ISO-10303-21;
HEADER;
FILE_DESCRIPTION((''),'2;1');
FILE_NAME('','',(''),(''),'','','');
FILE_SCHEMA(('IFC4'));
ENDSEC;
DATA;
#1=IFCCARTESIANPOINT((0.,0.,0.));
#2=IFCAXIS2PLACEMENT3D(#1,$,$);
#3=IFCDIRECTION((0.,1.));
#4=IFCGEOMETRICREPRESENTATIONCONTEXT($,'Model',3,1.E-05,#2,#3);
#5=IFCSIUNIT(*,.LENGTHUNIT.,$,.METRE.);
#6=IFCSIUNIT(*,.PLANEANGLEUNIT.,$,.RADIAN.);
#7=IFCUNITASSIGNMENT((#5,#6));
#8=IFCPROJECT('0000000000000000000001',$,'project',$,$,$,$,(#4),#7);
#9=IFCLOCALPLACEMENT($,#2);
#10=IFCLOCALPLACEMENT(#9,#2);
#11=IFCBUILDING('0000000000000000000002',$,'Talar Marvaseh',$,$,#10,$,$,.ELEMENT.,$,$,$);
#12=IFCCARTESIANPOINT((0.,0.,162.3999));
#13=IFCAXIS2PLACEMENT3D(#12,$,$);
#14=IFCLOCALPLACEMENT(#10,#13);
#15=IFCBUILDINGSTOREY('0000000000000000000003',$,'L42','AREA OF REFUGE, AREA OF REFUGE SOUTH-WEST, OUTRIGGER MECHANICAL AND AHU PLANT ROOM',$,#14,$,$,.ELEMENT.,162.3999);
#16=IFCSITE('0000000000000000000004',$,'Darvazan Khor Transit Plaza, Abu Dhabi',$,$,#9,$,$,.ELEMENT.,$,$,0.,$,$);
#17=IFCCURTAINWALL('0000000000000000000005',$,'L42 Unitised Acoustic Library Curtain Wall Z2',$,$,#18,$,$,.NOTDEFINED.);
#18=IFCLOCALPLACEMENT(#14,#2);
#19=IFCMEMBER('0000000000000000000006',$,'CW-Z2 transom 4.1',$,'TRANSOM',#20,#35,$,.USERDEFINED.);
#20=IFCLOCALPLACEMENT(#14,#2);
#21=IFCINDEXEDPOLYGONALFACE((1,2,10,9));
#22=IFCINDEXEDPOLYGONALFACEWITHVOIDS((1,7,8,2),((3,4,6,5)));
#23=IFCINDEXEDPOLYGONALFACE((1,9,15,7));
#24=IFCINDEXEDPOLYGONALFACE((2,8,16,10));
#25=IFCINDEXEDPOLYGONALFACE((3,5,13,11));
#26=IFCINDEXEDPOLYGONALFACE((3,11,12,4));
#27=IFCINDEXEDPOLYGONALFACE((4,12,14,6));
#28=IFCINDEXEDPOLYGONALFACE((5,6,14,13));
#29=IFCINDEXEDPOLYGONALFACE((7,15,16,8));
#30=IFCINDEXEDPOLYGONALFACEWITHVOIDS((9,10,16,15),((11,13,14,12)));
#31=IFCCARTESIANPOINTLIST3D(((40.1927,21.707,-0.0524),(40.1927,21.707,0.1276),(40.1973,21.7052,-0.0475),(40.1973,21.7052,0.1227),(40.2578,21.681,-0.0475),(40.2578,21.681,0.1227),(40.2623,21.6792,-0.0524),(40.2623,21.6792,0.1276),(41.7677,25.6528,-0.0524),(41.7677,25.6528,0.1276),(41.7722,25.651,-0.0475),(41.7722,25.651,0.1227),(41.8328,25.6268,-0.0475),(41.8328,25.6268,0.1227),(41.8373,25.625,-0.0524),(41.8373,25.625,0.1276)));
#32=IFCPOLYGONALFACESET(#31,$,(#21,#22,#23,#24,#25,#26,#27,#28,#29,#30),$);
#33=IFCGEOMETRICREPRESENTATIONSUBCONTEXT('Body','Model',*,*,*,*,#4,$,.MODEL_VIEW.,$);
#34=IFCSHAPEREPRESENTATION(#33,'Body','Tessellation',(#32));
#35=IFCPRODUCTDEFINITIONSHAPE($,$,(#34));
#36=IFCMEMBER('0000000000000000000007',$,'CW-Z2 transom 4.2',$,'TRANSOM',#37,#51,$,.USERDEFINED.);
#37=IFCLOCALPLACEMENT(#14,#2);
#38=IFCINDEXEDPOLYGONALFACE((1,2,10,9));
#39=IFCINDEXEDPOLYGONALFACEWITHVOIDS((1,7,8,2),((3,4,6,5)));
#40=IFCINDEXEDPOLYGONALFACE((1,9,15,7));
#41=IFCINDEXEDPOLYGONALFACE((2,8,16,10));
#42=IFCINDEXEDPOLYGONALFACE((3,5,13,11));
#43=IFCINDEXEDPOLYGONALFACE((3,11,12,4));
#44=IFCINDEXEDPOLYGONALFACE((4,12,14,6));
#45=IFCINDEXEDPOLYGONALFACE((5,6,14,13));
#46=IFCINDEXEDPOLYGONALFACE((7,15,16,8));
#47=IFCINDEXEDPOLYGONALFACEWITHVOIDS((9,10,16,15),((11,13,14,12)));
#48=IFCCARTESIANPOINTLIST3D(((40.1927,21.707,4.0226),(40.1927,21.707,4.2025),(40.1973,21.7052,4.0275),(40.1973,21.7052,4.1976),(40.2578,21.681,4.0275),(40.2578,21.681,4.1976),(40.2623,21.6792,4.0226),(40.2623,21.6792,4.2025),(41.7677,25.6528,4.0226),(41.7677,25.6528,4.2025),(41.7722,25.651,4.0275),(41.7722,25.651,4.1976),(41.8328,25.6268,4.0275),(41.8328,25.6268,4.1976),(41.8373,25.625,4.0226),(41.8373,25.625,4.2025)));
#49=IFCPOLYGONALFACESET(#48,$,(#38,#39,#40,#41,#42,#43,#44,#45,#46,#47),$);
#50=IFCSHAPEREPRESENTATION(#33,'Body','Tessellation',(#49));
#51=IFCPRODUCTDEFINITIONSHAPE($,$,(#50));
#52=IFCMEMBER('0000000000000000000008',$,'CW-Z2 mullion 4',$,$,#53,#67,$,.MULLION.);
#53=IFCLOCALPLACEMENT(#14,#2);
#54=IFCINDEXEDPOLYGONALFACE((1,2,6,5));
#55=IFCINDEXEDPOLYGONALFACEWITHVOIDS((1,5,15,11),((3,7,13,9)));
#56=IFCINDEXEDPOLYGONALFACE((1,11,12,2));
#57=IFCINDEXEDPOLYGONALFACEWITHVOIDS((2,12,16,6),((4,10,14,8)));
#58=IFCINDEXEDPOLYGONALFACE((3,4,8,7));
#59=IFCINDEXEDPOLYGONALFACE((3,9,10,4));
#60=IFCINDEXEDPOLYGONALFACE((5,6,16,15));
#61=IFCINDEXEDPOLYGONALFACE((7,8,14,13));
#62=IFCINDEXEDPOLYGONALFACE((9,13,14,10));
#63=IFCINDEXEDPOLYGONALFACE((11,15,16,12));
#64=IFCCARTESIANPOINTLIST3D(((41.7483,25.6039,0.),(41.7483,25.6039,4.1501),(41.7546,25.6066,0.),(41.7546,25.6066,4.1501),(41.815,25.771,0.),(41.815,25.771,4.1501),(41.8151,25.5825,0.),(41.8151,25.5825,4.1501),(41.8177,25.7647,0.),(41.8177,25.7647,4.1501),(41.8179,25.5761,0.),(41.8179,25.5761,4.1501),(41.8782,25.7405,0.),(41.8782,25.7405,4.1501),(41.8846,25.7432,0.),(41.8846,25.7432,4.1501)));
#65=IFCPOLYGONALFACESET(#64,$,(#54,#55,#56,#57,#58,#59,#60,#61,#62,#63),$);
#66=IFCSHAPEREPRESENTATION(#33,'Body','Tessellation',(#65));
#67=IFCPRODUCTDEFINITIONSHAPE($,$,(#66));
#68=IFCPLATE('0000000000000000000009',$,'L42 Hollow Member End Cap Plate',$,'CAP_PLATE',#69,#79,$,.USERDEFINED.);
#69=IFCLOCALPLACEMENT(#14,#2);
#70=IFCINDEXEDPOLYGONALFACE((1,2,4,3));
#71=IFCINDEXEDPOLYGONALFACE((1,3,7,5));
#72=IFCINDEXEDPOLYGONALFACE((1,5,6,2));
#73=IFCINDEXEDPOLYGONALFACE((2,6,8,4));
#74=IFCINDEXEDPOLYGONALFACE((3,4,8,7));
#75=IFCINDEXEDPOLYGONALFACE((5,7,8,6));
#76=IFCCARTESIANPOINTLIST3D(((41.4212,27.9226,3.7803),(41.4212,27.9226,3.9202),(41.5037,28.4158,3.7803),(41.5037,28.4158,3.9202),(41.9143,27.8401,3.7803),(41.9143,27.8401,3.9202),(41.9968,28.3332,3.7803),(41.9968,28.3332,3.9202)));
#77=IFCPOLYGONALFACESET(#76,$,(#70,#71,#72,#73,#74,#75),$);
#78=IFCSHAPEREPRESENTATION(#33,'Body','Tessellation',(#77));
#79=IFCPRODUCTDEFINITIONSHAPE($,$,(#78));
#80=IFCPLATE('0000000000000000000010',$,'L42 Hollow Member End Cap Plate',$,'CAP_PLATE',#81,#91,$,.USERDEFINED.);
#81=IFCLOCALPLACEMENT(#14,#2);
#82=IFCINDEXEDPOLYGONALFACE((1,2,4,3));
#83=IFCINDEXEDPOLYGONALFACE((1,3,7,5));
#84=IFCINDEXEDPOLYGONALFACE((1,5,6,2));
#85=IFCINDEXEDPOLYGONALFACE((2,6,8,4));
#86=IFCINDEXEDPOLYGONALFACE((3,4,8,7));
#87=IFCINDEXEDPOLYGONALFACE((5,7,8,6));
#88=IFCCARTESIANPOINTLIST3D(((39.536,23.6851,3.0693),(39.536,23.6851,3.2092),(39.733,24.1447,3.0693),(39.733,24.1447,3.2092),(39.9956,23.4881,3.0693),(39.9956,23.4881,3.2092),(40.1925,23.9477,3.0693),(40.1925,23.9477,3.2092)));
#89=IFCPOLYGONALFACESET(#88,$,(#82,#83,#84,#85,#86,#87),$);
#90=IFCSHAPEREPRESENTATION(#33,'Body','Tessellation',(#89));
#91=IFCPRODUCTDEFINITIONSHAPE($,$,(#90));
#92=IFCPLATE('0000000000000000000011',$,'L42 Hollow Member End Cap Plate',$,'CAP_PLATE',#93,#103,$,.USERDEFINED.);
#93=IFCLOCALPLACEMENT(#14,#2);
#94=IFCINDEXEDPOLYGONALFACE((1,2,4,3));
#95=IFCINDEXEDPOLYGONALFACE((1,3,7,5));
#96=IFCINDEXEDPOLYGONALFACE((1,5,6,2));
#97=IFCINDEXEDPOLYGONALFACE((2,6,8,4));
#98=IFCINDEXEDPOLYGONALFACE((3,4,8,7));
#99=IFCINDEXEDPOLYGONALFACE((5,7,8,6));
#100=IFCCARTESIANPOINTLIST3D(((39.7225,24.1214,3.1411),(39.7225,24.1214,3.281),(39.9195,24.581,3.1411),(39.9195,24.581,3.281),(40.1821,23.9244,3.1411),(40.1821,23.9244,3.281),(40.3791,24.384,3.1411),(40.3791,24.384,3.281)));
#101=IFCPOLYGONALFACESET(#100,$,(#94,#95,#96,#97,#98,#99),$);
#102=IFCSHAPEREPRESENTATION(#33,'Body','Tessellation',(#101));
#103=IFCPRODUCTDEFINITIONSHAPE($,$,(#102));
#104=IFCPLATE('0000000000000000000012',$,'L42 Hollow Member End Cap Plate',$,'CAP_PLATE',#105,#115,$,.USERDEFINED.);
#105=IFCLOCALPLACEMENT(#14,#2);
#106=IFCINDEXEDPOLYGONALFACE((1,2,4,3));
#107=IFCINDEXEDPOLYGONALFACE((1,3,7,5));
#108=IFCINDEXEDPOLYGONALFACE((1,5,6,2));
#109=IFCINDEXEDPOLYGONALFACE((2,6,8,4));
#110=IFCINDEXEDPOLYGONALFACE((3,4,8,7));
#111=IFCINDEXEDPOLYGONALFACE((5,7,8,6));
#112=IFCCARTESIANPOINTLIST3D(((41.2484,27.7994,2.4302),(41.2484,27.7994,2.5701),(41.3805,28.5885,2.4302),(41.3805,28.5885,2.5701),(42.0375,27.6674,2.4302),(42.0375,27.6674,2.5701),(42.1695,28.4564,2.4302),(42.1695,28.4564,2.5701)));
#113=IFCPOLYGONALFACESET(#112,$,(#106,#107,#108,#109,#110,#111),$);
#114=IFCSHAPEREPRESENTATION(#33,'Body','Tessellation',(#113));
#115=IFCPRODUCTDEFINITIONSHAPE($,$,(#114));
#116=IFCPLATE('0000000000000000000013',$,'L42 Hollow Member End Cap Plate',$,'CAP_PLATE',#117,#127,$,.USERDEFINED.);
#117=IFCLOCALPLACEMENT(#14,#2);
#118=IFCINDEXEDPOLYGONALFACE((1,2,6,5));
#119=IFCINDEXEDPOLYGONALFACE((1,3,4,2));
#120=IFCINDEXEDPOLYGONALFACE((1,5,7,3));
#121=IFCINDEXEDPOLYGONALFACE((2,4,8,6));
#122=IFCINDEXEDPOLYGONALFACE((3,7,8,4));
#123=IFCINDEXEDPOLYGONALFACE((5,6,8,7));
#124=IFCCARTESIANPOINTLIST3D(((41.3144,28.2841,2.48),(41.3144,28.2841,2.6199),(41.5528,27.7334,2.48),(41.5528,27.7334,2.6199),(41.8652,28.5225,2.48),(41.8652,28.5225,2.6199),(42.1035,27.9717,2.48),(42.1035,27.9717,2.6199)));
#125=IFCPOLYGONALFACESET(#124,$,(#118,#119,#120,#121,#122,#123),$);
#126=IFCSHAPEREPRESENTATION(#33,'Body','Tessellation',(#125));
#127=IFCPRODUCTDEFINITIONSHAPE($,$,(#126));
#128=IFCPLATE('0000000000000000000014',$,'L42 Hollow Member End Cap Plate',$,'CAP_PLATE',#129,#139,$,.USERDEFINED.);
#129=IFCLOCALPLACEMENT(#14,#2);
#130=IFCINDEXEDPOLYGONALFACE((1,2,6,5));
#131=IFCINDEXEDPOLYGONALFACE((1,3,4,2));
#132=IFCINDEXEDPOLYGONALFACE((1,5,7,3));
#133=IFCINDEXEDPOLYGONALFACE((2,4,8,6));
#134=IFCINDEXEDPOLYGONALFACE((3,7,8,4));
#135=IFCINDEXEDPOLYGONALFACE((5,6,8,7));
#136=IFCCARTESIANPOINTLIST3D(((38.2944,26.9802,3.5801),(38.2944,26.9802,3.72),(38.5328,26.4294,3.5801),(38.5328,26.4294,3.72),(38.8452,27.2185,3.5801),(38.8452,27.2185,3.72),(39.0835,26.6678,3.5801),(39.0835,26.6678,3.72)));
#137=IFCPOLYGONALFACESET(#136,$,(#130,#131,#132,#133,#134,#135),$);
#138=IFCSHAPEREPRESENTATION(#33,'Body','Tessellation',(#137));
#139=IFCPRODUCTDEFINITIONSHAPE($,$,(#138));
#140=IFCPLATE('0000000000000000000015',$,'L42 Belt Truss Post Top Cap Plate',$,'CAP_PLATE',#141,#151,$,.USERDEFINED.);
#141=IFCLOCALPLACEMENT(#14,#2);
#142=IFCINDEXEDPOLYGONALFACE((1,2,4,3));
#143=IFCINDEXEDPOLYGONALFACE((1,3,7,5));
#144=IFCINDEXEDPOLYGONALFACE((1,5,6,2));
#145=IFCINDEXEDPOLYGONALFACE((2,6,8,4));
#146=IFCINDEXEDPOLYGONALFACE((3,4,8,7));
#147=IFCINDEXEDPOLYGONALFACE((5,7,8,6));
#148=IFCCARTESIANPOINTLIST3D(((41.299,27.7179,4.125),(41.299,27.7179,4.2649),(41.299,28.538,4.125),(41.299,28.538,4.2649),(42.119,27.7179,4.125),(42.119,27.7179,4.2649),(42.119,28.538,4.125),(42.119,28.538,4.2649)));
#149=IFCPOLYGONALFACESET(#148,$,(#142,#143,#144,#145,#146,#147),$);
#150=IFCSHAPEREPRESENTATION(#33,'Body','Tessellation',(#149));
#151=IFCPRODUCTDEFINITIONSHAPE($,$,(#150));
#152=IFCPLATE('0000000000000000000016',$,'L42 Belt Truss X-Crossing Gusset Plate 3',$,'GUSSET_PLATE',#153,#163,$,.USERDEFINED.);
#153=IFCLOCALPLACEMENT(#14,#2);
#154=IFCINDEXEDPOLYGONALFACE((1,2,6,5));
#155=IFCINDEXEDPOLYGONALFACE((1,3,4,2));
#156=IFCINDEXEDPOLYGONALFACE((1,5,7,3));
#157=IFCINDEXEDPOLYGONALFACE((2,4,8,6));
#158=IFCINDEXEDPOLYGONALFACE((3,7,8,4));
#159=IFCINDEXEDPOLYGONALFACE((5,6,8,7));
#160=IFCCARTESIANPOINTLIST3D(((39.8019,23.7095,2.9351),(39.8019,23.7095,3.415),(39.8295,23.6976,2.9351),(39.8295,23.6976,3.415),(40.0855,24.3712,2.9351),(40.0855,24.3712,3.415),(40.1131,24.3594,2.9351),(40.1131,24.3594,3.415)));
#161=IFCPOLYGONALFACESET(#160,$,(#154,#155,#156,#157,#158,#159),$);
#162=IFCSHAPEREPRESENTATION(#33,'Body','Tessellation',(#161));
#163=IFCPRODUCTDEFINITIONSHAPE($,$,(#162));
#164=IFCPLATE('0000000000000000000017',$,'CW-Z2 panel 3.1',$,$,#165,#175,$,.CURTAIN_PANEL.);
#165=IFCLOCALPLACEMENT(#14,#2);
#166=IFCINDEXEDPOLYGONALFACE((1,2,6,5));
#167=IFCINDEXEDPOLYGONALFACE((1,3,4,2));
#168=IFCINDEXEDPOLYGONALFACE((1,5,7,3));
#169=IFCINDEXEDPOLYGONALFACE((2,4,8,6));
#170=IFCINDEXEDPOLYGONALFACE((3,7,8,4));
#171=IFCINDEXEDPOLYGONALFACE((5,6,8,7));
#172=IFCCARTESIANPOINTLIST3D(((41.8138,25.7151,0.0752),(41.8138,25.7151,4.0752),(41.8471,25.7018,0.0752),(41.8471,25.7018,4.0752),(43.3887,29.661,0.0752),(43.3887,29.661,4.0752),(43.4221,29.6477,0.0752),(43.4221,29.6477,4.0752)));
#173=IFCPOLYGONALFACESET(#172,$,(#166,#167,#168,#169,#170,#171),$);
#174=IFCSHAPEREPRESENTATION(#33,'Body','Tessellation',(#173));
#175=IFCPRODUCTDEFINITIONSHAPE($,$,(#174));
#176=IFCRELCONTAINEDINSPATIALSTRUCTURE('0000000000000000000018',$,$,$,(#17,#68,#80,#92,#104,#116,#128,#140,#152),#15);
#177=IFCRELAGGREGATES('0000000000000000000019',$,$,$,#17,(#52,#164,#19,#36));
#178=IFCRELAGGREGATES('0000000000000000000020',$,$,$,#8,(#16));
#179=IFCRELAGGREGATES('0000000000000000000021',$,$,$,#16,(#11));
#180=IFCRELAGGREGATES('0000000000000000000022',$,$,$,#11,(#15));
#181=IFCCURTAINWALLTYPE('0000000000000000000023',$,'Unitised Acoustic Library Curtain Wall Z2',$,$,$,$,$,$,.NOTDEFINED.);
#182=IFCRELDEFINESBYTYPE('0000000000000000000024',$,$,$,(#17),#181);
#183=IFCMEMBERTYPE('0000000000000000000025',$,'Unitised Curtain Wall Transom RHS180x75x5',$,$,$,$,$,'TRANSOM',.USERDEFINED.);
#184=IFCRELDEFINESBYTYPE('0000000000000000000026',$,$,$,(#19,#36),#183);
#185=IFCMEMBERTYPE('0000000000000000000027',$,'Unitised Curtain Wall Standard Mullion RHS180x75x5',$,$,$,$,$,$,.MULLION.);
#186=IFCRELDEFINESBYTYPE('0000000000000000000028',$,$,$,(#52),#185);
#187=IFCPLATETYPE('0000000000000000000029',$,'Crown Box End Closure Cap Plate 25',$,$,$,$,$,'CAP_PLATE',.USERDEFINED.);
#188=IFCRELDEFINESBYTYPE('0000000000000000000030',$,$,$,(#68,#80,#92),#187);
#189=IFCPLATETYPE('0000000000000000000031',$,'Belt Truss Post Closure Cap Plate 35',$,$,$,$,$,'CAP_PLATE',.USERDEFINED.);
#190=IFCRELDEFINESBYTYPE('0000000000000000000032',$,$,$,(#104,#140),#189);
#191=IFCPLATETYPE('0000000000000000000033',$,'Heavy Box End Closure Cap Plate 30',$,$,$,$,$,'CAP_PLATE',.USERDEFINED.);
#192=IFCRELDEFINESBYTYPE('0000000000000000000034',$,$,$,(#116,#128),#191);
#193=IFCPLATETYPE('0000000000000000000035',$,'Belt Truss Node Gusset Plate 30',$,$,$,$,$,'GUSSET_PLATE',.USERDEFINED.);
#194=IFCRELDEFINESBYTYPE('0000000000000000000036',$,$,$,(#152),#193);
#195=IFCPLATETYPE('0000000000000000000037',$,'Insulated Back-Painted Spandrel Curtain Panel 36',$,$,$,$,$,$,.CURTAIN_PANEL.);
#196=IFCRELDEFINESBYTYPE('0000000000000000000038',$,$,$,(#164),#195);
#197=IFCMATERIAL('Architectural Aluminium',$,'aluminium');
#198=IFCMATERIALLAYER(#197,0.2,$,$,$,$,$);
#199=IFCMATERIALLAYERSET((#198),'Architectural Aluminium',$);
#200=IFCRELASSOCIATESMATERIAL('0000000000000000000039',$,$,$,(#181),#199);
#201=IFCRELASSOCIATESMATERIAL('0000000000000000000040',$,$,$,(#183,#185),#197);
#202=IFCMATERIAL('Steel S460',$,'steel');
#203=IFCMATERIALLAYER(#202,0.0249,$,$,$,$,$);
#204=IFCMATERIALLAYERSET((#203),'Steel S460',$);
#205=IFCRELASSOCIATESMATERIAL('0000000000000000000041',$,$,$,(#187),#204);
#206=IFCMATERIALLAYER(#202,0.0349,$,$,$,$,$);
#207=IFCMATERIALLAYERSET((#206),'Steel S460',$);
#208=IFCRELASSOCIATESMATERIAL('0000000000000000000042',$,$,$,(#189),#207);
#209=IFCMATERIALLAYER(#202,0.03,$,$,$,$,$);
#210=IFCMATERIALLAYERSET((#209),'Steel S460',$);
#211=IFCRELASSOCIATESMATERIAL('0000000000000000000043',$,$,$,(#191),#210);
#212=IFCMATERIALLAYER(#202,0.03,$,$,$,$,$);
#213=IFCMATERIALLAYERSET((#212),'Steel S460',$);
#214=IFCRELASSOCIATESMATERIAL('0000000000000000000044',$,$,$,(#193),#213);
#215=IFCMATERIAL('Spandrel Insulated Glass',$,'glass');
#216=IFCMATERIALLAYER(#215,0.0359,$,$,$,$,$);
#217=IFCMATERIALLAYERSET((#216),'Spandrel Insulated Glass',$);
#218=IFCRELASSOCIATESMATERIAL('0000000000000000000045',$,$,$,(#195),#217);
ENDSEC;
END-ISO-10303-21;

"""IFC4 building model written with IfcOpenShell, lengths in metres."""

from ifc_helpers import new_model, si_unit, direction, frame, origin, origin_2d, place, context, subcontext, project, spatial, rectangle, hollow_rectangle, extrude, source, transform, mapped, material, layer, layer_set, material_profile, profile_set, type_object, type_shapes, element, aggregate, save


model = new_model("IFC4")

# Units and contexts
model_context = context("Model", 3, precision=1e-05, world=origin(), true_north=direction((0.0, 1.0)))
body_context = subcontext(model_context, "Body", "Model", "MODEL_VIEW")
ifc_project = project(units=[si_unit("LENGTHUNIT", "METRE"), si_unit("PLANEANGLEUNIT", "RADIAN")], contexts=[model_context])

# Site, building, storey
site_placement = place(None, origin())
site = spatial("IfcSite", under=ifc_project, at=site_placement, Name="Darvazan Khor Transit Plaza, Abu Dhabi", CompositionType="ELEMENT", RefElevation=0.0)
building_placement = place(site_placement, origin())
building = spatial("IfcBuilding", under=site, at=building_placement, Name="Talar Marvaseh", CompositionType="ELEMENT")
storey_placement = place(building_placement, frame((0.0, 0.0, 162.3999)))
storey = spatial("IfcBuildingStorey", under=building, at=storey_placement, Name="L42", Description="AREA OF REFUGE, AREA OF REFUGE SOUTH-WEST, OUTRIGGER MECHANICAL AND AHU PLANT ROOM", CompositionType="ELEMENT", Elevation=162.3999)

# Shared definitions
ifc_material_1 = material(Name="Steel S460", Category="steel")

# Curtain wall, members
ifc_material_2 = material(Name="Architectural Aluminium", Category="aluminium")
ifc_layer_1 = layer(ifc_material_2, 0.2)
ifc_layer_set_1 = layer_set([ifc_layer_1], Name="Architectural Aluminium")
curtain_wall_type = type_object("IfcCurtainWallType", Name="Unitised Acoustic Library Curtain Wall Z2", PredefinedType="NOTDEFINED", material=ifc_layer_set_1)
curtain_wall_placement = place(storey_placement, origin())
curtain_wall = element("IfcCurtainWall", 1, at=curtain_wall_placement, inside=storey, type_object=curtain_wall_type, Name="L42 Unitised Acoustic Library Curtain Wall Z2", PredefinedType="NOTDEFINED")
ifc_material_profile_1 = material_profile(ifc_material_2, hollow_rectangle(XDim=0.075, YDim=0.1799, WallThickness=0.0049, at=origin_2d()), Name="RHS180x75x5")
ifc_profile_set_1 = profile_set([ifc_material_profile_1], Name="Architectural Aluminium")
member_type_1 = type_object("IfcMemberType", Name="Unitised Curtain Wall Transom RHS180x75x5", ElementType="TRANSOM", PredefinedType="USERDEFINED", material=ifc_profile_set_1)
shared_shape_1 = source(origin(), body_context, "Body", "SweptSolid", [
    extrude(hollow_rectangle(XDim=0.075, YDim=0.1799, WallThickness=0.0049, at=origin_2d()), origin(), (0.0, 0.0, 1.0), 4.2485),
])
type_shapes(member_type_1, [shared_shape_1])
member_1_placement = place(storey_placement, frame((41.8025, 25.6389, 0.0376), z_axis=(-0.370707, -0.92875, 0.0), x_axis=(0.92875, -0.370707, 0.0)))
member_1 = element("IfcMember", 2, at=member_1_placement, type_object=member_type_1, Name="CW-Z2 transom 4.1", ObjectType="TRANSOM", PredefinedType="USERDEFINED", context=body_context, shape_type="MappedRepresentation", body=[
    mapped(shared_shape_1, transform((0.0, 0.0, 0.0), x_axis=(1.0, 0.0, 0.0), y_axis=(0.0, 1.0, 0.0), z_axis=(0.0, 0.0, 1.0), scale=1.0)),
])
member_2_placement = place(storey_placement, frame((41.8025, 25.6389, 4.1125), z_axis=(-0.370707, -0.92875, 0.0), x_axis=(0.92875, -0.370707, 0.0)))
member_2 = element("IfcMember", 3, at=member_2_placement, type_object=member_type_1, Name="CW-Z2 transom 4.2", ObjectType="TRANSOM", PredefinedType="USERDEFINED", context=body_context, shape_type="MappedRepresentation", body=[
    mapped(shared_shape_1, transform((0.0, 0.0, 0.0), x_axis=(1.0, 0.0, 0.0), y_axis=(0.0, 1.0, 0.0), z_axis=(0.0, 0.0, 1.0), scale=1.0)),
])
ifc_material_profile_2 = material_profile(ifc_material_2, hollow_rectangle(XDim=0.075, YDim=0.1799, WallThickness=0.0049, at=origin_2d()), Name="RHS180x75x5")
ifc_profile_set_2 = profile_set([ifc_material_profile_2], Name="Architectural Aluminium")
member_type_2 = type_object("IfcMemberType", Name="Unitised Curtain Wall Standard Mullion RHS180x75x5", PredefinedType="MULLION", material=ifc_profile_set_2)
shared_shape_2 = source(origin(), body_context, "Body", "SweptSolid", [
    extrude(hollow_rectangle(XDim=0.075, YDim=0.1799, WallThickness=0.0049, at=origin_2d()), origin(), (0.0, 0.0, 1.0), 4.1501),
])
type_shapes(member_type_2, [shared_shape_2])
member_3_placement = place(storey_placement, frame((41.8164, 25.6736, 0.0), z_axis=(0.0, 0.0, 1.0), x_axis=(0.928752, -0.370702, 0.0)))
member_3 = element("IfcMember", 4, at=member_3_placement, type_object=member_type_2, Name="CW-Z2 mullion 4", PredefinedType="MULLION", context=body_context, shape_type="MappedRepresentation", body=[
    mapped(shared_shape_2, transform((0.0, 0.0, 0.0), x_axis=(1.0, 0.0, 0.0), y_axis=(0.0, 1.0, 0.0), z_axis=(0.0, 0.0, 1.0), scale=1.0)),
])

# Plates
ifc_layer_2 = layer(ifc_material_1, 0.0249)
ifc_layer_set_2 = layer_set([ifc_layer_2], Name="Steel S460")
plate_type_1 = type_object("IfcPlateType", Name="Crown Box End Closure Cap Plate 25", ElementType="CAP_PLATE", PredefinedType="USERDEFINED", material=ifc_layer_set_2)
shared_shape_3 = source(origin(), body_context, "Body", "SweptSolid", [
    extrude(rectangle(XDim=0.5, YDim=0.5, at=origin_2d()), origin(), (0.0, 0.0, 1.0), 0.1399),
])
type_shapes(plate_type_1, [shared_shape_3])
for number, where, z_axis, x_axis, name in (
    (5, (41.709, 28.1279, 3.7803), (0.0, 0.0, 1.0), (-0.165048, -0.986286, 0.0), "L42 Hollow Member End Cap Plate"),
    (6, (39.8643, 23.8164, 3.0693), (0.0, 0.0, 1.0), (0.393942, 0.919135, 0.0), "L42 Hollow Member End Cap Plate"),
    (7, (40.0508, 24.2527, 3.1411), (0.0, 0.0, 1.0), (0.393942, 0.919135, 0.0), "L42 Hollow Member End Cap Plate"),
):
    element("IfcPlate", number, at=place(storey_placement, frame(where, z_axis=z_axis, x_axis=x_axis)), inside=storey, type_object=plate_type_1, Name=name, ObjectType="CAP_PLATE", PredefinedType="USERDEFINED", context=body_context, shape_type="MappedRepresentation", body=[
        mapped(shared_shape_3, transform((0.0, 0.0, 0.0), x_axis=(1.0, 0.0, 0.0), y_axis=(0.0, 1.0, 0.0), z_axis=(0.0, 0.0, 1.0), scale=1.0)),
    ])
ifc_layer_3 = layer(ifc_material_1, 0.0349)
ifc_layer_set_3 = layer_set([ifc_layer_3], Name="Steel S460")
plate_type_2 = type_object("IfcPlateType", Name="Belt Truss Post Closure Cap Plate 35", ElementType="CAP_PLATE", PredefinedType="USERDEFINED", material=ifc_layer_set_3)
shared_shape_4 = source(origin(), body_context, "Body", "SweptSolid", [
    extrude(rectangle(XDim=0.8, YDim=0.8, at=origin_2d()), origin(), (0.0, 0.0, 1.0), 0.1399),
])
plate_1_placement = place(storey_placement, frame((41.709, 28.1279, 2.4302), z_axis=(0.0, 0.0, 1.0), x_axis=(-0.165048, -0.986286, 0.0)))
element("IfcPlate", 8, at=plate_1_placement, inside=storey, type_object=plate_type_2, Name="L42 Hollow Member End Cap Plate", ObjectType="CAP_PLATE", PredefinedType="USERDEFINED", context=body_context, shape_type="MappedRepresentation", body=[
    mapped(shared_shape_4, transform((0.0, 0.0, 0.0), x_axis=(1.0, 0.0, 0.0), y_axis=(0.0, 1.0, 0.0), z_axis=(0.0, 0.0, 1.0), scale=1.0)),
])
ifc_layer_4 = layer(ifc_material_1, 0.03)
ifc_layer_set_4 = layer_set([ifc_layer_4], Name="Steel S460")
plate_type_3 = type_object("IfcPlateType", Name="Heavy Box End Closure Cap Plate 30", ElementType="CAP_PLATE", PredefinedType="USERDEFINED", material=ifc_layer_set_4)
shared_shape_5 = source(origin(), body_context, "Body", "SweptSolid", [
    extrude(rectangle(XDim=0.6001, YDim=0.6001, at=origin_2d()), origin(), (0.0, 0.0, 1.0), 0.1399),
])
type_shapes(plate_type_3, [shared_shape_5])
for number, where, z_axis, x_axis, name in (
    (9, (41.709, 28.1279, 2.48), (0.0, 0.0, 1.0), (-0.917755, -0.397148, 0.0), "L42 Hollow Member End Cap Plate"),
    (10, (38.689, 26.824, 3.5801), (0.0, 0.0, 1.0), (-0.917755, -0.397148, 0.0), "L42 Hollow Member End Cap Plate"),
):
    element("IfcPlate", number, at=place(storey_placement, frame(where, z_axis=z_axis, x_axis=x_axis)), inside=storey, type_object=plate_type_3, Name=name, ObjectType="CAP_PLATE", PredefinedType="USERDEFINED", context=body_context, shape_type="MappedRepresentation", body=[
        mapped(shared_shape_5, transform((0.0, 0.0, 0.0), x_axis=(1.0, 0.0, 0.0), y_axis=(0.0, 1.0, 0.0), z_axis=(0.0, 0.0, 1.0), scale=1.0)),
    ])
shared_shape_6 = source(origin(), body_context, "Body", "SweptSolid", [
    extrude(rectangle(XDim=0.8201, YDim=0.8201, at=origin_2d()), origin(), (0.0, 0.0, 1.0), 0.1399),
])
type_shapes(plate_type_2, [shared_shape_4, shared_shape_6])
plate_2_placement = place(storey_placement, frame((41.709, 28.1279, 4.125), z_axis=(0.0, 0.0, 1.0), x_axis=(1.0, 0.0, 0.0)))
element("IfcPlate", 11, at=plate_2_placement, inside=storey, type_object=plate_type_2, Name="L42 Belt Truss Post Top Cap Plate", ObjectType="CAP_PLATE", PredefinedType="USERDEFINED", context=body_context, shape_type="MappedRepresentation", body=[
    mapped(shared_shape_6, transform((0.0, 0.0, 0.0), x_axis=(1.0, 0.0, 0.0), y_axis=(0.0, 1.0, 0.0), z_axis=(0.0, 0.0, 1.0), scale=1.0)),
])
ifc_layer_5 = layer(ifc_material_1, 0.03)
ifc_layer_set_5 = layer_set([ifc_layer_5], Name="Steel S460")
plate_type_4 = type_object("IfcPlateType", Name="Belt Truss Node Gusset Plate 30", ElementType="GUSSET_PLATE", PredefinedType="USERDEFINED", material=ifc_layer_set_5)
shared_shape_7 = source(origin(), body_context, "Body", "SweptSolid", [
    extrude(rectangle(XDim=0.72, YDim=0.03, at=origin_2d()), origin(), (0.0, 0.0, 1.0), 0.48),
])
type_shapes(plate_type_4, [shared_shape_7])
plate_3_placement = place(storey_placement, frame((39.9575, 24.0344, 2.9351), z_axis=(0.0, 0.0, 1.0), x_axis=(-0.393942, -0.919135, 0.0)))
element("IfcPlate", 12, at=plate_3_placement, inside=storey, type_object=plate_type_4, Name="L42 Belt Truss X-Crossing Gusset Plate 3", ObjectType="GUSSET_PLATE", PredefinedType="USERDEFINED", context=body_context, shape_type="MappedRepresentation", body=[
    mapped(shared_shape_7, transform((0.0, 0.0, 0.0), x_axis=(1.0, 0.0, 0.0), y_axis=(0.0, 1.0, 0.0), z_axis=(0.0, 0.0, 1.0), scale=1.0)),
])

# Plate
ifc_material_3 = material(Name="Spandrel Insulated Glass", Category="glass")
ifc_layer_6 = layer(ifc_material_3, 0.0359)
ifc_layer_set_6 = layer_set([ifc_layer_6], Name="Spandrel Insulated Glass")
plate_type_5 = type_object("IfcPlateType", Name="Insulated Back-Painted Spandrel Curtain Panel 36", PredefinedType="CURTAIN_PANEL", material=ifc_layer_set_6)
shared_shape_8 = source(origin(), body_context, "Body", "SweptSolid", [
    extrude(rectangle(XDim=4.2485, YDim=0.0359, at=origin_2d()), origin(), (0.0, 0.0, 1.0), 4.0),
])
type_shapes(plate_type_5, [shared_shape_8])
plate_4_placement = place(storey_placement, frame((42.6179, 27.6814, 0.0752), z_axis=(0.0, 0.0, 1.0), x_axis=(-0.370702, -0.928752, 0.0)))
plate_4 = element("IfcPlate", 13, at=plate_4_placement, type_object=plate_type_5, Name="CW-Z2 panel 3.1", PredefinedType="CURTAIN_PANEL", context=body_context, shape_type="MappedRepresentation", body=[
    mapped(shared_shape_8, transform((0.0, 0.0, 0.0), x_axis=(1.0, 0.0, 0.0), y_axis=(0.0, 1.0, 0.0), z_axis=(0.0, 0.0, 1.0), scale=1.0)),
])
aggregate(curtain_wall, [member_3, plate_4, member_1, member_2])

save(model, "model.ifc")
